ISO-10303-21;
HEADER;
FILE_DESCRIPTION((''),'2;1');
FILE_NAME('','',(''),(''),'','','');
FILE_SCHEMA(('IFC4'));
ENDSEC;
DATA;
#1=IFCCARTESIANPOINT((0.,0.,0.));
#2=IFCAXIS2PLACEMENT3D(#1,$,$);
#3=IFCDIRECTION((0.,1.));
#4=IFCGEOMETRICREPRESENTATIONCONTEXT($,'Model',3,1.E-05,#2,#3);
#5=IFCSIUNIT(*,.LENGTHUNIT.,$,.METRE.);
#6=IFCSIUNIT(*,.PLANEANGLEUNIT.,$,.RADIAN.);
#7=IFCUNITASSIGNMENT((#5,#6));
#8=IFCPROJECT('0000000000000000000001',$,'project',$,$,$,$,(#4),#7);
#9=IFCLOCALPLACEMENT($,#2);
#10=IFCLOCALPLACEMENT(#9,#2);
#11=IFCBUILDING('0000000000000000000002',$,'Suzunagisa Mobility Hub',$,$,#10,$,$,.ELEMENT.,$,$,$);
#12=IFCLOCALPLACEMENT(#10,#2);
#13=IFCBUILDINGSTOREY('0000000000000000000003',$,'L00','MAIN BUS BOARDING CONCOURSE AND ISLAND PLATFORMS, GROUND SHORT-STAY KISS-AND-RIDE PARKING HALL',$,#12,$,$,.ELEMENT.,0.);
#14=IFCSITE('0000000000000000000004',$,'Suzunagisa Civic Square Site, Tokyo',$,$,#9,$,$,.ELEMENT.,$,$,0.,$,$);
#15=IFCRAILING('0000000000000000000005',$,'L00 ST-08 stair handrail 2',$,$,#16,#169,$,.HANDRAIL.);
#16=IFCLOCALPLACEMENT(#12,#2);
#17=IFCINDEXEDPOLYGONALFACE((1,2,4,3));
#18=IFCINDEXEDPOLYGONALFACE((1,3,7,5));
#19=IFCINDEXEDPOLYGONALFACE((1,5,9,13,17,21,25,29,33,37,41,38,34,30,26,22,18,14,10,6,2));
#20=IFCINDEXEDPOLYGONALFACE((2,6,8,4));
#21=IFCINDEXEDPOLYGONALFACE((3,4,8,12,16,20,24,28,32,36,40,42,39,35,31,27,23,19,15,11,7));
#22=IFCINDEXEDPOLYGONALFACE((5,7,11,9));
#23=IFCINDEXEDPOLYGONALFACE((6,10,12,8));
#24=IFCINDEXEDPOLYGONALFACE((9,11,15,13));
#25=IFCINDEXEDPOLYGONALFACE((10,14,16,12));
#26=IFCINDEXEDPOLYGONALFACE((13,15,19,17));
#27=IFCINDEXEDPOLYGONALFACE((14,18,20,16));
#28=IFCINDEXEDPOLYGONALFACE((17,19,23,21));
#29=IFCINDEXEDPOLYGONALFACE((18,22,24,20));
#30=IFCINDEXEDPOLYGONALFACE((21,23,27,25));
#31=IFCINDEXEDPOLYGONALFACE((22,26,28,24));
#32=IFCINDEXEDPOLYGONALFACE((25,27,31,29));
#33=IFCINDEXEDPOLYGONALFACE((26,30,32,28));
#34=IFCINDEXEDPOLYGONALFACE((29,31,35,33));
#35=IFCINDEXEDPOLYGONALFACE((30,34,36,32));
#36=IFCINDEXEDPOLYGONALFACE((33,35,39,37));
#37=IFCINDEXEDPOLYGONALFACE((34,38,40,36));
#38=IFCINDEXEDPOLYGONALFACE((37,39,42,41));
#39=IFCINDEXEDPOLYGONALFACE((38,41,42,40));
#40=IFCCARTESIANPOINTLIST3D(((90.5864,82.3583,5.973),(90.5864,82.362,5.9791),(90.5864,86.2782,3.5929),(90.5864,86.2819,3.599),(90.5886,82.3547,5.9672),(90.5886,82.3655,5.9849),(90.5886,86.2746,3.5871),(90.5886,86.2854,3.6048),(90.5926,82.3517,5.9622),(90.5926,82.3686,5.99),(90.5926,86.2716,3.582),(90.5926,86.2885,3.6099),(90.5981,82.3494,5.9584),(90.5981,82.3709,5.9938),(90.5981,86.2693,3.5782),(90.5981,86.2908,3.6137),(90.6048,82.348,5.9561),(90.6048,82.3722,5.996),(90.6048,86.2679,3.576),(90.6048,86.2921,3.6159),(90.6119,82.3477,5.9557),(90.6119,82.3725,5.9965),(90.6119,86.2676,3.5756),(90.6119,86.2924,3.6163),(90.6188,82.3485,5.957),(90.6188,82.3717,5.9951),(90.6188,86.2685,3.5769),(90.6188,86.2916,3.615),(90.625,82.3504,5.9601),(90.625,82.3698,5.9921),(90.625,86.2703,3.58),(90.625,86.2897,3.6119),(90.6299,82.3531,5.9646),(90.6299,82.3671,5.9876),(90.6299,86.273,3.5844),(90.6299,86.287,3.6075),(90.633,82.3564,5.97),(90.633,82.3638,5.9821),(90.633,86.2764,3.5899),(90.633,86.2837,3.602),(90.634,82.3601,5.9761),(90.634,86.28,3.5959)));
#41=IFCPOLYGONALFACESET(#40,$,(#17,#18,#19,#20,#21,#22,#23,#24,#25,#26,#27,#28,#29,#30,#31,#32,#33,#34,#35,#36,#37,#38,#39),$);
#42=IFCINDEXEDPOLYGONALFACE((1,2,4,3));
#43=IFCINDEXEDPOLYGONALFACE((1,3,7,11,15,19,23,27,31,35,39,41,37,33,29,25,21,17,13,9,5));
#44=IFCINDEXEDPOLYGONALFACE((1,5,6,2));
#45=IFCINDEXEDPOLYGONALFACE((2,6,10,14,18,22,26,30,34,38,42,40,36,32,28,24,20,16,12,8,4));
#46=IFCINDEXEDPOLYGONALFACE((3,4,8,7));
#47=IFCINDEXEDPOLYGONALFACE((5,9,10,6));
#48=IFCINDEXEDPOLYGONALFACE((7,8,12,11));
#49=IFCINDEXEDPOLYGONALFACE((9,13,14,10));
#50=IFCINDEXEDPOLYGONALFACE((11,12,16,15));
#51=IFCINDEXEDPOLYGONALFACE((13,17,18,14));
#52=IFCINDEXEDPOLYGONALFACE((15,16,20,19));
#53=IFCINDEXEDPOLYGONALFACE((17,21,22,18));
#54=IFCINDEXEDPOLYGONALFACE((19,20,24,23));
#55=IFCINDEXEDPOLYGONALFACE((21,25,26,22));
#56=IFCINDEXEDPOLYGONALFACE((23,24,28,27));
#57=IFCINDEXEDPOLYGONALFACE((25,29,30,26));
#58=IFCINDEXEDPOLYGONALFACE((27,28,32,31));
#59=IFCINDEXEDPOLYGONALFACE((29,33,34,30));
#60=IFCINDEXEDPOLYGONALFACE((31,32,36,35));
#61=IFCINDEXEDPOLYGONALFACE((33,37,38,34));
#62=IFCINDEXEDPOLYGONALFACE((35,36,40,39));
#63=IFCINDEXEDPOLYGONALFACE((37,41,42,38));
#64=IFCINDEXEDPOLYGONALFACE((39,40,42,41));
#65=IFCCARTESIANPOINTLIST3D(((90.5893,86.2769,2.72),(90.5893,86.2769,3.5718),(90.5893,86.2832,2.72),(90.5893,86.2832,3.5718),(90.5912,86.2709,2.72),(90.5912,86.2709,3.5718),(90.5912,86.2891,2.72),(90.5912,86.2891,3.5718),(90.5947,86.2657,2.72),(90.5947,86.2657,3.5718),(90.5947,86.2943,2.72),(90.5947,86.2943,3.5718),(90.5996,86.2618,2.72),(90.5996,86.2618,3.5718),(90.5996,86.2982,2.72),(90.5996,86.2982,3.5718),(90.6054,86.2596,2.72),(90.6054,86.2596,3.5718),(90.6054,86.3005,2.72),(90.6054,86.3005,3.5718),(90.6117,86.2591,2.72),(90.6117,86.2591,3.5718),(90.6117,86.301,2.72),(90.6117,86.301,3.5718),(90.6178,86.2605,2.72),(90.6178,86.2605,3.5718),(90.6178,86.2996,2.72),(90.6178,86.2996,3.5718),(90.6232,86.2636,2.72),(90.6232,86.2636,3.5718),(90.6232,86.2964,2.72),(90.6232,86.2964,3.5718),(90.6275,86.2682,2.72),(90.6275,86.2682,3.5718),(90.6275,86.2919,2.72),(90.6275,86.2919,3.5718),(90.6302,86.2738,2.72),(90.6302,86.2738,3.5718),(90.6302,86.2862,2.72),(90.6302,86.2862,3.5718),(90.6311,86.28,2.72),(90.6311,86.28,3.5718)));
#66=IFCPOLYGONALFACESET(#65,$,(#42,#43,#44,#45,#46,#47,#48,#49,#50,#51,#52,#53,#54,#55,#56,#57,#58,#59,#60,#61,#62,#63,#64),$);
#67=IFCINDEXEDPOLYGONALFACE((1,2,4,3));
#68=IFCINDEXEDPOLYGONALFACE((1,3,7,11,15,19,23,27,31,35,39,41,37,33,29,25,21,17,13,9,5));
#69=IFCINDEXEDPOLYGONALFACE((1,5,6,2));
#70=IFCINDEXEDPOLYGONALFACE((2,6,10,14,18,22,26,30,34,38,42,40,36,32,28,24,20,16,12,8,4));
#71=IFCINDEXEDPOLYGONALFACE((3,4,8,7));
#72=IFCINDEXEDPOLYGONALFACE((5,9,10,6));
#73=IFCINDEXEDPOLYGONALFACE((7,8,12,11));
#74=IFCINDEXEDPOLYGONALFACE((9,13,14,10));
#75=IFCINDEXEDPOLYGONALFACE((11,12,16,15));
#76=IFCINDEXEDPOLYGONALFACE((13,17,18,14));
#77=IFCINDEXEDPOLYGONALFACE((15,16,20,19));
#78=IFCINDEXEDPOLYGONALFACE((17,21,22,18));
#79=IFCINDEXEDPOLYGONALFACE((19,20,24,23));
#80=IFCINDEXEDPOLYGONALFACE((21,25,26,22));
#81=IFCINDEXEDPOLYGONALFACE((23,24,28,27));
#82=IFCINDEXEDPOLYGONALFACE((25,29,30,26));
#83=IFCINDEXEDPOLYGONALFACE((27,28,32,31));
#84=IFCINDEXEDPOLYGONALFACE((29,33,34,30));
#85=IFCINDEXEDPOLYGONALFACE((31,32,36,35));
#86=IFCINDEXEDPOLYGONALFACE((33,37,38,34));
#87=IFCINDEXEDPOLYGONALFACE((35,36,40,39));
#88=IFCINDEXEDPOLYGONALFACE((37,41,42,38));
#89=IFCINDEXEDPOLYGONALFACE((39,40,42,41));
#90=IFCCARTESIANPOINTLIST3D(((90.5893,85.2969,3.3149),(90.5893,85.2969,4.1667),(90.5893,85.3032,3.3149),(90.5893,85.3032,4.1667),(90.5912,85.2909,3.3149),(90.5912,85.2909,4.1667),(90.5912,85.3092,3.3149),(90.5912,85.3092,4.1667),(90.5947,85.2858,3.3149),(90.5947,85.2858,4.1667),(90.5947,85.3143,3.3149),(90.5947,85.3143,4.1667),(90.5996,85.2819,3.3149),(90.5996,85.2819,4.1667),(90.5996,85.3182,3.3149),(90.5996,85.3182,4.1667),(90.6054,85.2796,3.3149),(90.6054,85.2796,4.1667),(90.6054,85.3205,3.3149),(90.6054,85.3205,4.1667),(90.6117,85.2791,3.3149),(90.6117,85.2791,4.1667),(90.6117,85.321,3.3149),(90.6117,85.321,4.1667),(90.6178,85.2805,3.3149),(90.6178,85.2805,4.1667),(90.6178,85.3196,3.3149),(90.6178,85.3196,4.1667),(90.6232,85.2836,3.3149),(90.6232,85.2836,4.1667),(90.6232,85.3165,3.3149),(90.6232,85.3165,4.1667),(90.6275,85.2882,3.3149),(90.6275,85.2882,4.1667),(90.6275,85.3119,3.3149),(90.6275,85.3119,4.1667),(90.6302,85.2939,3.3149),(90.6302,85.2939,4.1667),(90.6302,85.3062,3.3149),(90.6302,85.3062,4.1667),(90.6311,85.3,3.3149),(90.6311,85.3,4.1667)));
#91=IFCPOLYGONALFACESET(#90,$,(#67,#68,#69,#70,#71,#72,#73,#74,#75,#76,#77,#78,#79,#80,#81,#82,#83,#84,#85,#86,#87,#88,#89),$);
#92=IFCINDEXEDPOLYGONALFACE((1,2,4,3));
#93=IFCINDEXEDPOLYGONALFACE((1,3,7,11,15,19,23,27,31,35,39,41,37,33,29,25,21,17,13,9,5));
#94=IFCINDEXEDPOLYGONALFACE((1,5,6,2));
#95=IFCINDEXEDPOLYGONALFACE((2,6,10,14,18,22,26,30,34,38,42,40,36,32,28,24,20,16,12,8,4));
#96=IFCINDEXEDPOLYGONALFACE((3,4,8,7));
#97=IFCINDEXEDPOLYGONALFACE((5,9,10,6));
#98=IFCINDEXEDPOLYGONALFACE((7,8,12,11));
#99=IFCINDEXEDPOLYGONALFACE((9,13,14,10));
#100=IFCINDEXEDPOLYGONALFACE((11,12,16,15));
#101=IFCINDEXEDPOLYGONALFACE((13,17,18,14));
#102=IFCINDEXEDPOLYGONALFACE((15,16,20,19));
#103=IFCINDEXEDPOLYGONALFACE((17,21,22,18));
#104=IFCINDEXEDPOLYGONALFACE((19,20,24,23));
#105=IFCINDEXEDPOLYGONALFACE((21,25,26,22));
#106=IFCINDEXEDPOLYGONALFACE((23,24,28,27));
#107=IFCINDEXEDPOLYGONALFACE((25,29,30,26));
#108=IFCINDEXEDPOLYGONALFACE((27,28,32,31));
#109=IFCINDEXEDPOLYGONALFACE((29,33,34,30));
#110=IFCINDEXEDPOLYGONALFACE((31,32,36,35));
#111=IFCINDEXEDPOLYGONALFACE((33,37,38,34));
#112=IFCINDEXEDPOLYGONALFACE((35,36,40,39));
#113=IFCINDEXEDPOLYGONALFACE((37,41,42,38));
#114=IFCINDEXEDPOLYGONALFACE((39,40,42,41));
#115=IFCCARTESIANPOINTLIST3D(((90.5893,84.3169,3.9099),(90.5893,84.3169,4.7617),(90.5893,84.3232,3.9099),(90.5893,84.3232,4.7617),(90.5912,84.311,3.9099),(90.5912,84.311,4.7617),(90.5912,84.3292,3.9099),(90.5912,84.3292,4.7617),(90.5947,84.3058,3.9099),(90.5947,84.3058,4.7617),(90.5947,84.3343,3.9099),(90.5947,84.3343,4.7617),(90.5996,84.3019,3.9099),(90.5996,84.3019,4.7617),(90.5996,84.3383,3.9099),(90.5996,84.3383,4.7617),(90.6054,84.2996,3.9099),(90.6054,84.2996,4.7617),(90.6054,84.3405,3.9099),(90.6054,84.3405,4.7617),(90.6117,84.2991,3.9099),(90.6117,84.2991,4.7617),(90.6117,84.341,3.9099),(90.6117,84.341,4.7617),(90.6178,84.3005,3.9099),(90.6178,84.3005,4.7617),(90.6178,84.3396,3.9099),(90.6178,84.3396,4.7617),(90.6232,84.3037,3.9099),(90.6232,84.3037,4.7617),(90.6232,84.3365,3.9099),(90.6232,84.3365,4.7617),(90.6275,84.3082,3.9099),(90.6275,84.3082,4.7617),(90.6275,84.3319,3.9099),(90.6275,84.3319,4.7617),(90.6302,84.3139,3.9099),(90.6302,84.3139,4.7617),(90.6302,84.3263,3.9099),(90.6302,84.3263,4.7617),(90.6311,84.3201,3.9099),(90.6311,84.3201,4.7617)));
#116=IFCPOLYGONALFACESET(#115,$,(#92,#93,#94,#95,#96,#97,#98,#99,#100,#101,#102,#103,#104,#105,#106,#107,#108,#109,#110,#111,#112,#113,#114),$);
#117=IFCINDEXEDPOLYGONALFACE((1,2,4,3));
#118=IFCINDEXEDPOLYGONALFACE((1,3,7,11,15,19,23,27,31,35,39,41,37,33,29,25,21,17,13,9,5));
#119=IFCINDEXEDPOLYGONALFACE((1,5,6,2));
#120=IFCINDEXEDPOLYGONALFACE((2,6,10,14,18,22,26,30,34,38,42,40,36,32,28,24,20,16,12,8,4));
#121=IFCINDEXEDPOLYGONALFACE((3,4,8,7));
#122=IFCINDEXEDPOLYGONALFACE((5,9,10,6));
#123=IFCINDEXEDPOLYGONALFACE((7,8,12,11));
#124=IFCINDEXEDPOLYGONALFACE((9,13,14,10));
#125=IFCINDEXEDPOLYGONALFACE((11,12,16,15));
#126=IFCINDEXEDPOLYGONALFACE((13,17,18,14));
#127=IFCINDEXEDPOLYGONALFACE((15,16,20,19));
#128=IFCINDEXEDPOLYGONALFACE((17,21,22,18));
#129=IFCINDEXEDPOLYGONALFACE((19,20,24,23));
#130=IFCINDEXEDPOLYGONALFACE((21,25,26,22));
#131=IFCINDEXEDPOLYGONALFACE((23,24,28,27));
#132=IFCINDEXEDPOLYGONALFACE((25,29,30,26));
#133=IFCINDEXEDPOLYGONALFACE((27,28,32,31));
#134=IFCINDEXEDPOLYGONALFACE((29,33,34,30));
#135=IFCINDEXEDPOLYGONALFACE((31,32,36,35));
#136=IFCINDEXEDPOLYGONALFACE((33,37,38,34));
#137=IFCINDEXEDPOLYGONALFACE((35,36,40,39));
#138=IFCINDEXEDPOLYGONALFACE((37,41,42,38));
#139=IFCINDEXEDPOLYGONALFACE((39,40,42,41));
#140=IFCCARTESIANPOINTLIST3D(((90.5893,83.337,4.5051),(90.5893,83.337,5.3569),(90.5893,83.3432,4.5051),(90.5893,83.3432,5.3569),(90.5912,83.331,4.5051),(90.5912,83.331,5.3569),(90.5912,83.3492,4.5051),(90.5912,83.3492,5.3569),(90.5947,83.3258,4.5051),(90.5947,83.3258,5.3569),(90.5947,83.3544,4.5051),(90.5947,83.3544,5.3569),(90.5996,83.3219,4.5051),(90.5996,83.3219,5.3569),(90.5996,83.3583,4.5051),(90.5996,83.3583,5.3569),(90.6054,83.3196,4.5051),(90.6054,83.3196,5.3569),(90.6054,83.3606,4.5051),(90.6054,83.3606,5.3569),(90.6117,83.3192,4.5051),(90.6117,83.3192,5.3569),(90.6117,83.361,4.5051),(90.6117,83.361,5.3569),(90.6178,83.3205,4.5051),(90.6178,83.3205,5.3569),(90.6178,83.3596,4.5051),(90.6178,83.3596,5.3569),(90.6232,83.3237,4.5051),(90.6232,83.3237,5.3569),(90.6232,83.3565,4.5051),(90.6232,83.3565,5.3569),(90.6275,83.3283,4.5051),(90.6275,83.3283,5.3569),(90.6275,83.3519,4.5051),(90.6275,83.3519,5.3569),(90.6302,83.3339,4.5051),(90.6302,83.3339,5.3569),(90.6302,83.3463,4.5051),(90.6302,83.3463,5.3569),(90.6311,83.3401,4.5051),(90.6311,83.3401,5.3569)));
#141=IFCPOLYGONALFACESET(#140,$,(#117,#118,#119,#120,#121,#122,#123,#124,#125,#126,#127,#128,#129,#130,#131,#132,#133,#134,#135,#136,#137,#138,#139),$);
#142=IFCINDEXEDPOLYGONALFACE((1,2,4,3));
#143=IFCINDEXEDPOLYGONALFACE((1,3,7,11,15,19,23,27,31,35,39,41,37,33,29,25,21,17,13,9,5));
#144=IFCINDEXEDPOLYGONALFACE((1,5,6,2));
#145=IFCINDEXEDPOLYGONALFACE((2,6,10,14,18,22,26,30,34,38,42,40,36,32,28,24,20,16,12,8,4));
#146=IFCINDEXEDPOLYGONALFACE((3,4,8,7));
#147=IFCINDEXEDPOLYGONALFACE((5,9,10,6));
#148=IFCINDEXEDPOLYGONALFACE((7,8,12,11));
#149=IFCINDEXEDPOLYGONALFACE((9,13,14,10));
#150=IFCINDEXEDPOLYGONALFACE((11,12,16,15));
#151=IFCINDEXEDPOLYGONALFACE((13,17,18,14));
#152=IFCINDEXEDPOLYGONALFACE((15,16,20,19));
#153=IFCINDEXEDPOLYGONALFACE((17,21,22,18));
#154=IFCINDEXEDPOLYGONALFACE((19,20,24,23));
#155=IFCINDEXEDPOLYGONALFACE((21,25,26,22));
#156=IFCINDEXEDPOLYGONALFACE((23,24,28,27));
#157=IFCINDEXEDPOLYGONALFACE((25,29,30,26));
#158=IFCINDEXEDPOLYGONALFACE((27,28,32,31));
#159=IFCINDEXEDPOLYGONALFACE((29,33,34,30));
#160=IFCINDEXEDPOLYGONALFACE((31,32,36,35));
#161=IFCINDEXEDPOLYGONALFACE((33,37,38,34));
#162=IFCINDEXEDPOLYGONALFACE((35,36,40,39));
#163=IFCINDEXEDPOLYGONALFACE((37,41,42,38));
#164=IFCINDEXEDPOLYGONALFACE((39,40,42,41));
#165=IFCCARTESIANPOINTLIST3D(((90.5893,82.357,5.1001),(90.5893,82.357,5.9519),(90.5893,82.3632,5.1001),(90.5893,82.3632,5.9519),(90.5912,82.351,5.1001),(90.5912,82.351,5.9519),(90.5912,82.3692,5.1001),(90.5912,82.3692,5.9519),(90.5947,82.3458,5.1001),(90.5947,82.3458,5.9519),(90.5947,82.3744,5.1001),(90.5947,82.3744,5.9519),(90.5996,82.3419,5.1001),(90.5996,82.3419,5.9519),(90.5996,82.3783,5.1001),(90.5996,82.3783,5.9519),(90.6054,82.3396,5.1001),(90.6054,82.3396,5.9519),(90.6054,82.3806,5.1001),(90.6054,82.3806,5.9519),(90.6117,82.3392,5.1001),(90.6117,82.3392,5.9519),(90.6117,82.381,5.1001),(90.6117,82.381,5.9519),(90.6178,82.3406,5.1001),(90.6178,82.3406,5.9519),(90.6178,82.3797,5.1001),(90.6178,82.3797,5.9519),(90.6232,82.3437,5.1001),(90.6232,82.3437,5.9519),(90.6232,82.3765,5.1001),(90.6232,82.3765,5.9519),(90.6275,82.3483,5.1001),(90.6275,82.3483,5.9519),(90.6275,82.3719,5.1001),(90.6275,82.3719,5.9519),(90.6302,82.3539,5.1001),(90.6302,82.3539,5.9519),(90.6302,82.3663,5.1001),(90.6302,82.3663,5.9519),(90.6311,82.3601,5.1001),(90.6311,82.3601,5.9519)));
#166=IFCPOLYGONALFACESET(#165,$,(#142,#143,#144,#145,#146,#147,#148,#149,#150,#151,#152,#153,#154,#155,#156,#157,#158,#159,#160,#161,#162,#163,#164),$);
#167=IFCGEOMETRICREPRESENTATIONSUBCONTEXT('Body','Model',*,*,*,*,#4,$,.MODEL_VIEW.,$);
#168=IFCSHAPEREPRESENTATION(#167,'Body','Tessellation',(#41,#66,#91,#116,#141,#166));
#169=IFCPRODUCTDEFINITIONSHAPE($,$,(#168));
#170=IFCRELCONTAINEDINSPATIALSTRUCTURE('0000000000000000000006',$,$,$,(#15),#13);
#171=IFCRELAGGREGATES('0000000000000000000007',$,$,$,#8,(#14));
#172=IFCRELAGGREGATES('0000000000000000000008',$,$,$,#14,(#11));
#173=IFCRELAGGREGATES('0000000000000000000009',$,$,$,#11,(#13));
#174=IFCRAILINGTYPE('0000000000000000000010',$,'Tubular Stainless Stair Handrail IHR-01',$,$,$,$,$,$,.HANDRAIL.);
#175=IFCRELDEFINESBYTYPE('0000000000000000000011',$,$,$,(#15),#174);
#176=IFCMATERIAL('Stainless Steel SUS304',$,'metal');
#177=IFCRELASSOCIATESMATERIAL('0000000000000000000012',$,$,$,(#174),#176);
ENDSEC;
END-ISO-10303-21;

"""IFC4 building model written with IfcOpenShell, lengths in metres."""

from ifc_helpers import new_model, si_unit, direction, frame, origin, origin_2d, place, context, subcontext, project, spatial, circle, extrude, material, type_object, element, save


model = new_model("IFC4")

# Units and contexts
model_context = context("Model", 3, precision=1e-05, world=origin(), true_north=direction((0.0, 1.0)))
body_context = subcontext(model_context, "Body", "Model", "MODEL_VIEW")
ifc_project = project(units=[si_unit("LENGTHUNIT", "METRE"), si_unit("PLANEANGLEUNIT", "RADIAN")], contexts=[model_context])

# Site, building, storey
site_placement = place(None, origin())
site = spatial("IfcSite", under=ifc_project, at=site_placement, Name="Suzunagisa Civic Square Site, Tokyo", CompositionType="ELEMENT", RefElevation=0.0)
building_placement = place(site_placement, origin())
building = spatial("IfcBuilding", under=site, at=building_placement, Name="Suzunagisa Mobility Hub", CompositionType="ELEMENT")
storey_placement = place(building_placement, origin())
storey = spatial("IfcBuildingStorey", under=building, at=storey_placement, Name="L00", Description="MAIN BUS BOARDING CONCOURSE AND ISLAND PLATFORMS, GROUND SHORT-STAY KISS-AND-RIDE PARKING HALL", CompositionType="ELEMENT", Elevation=0.0)

# Railing
ifc_material_1 = material(Name="Stainless Steel SUS304", Category="metal")
railing_type_1 = type_object("IfcRailingType", Name="Tubular Stainless Stair Handrail IHR-01", PredefinedType="HANDRAIL", material=ifc_material_1)
railing_1_placement = place(storey_placement, frame((90.6101, 86.28, 2.72)))
element("IfcRailing", 1, at=railing_1_placement, inside=storey, type_object=railing_type_1, Name="L00 ST-08 stair handrail 2", PredefinedType="HANDRAIL", context=body_context, shape_type="SweptSolid", body=[
    extrude(circle(Radius=0.0239, at=origin_2d()), frame((0.0, 0.0, 0.876), z_axis=(0.0, -0.854771, 0.519006), x_axis=(1.0, 0.0, 0.0)), (0.0, 0.0, 1.0), 4.5859),
    extrude(circle(Radius=0.021, at=origin_2d()), origin(), (0.0, 0.0, 1.0), 0.8518),
    extrude(circle(Radius=0.021, at=origin_2d()), frame((0.0, -0.98, 0.595)), (0.0, 0.0, 1.0), 0.8518),
    extrude(circle(Radius=0.021, at=origin_2d()), frame((0.0, -1.96, 1.1899)), (0.0, 0.0, 1.0), 0.8518),
    extrude(circle(Radius=0.021, at=origin_2d()), frame((0.0, -2.9399, 1.7852)), (0.0, 0.0, 1.0), 0.8518),
    extrude(circle(Radius=0.021, at=origin_2d()), frame((0.0, -3.9199, 2.3801)), (0.0, 0.0, 1.0), 0.8518),
])

save(model, "model.ifc")
